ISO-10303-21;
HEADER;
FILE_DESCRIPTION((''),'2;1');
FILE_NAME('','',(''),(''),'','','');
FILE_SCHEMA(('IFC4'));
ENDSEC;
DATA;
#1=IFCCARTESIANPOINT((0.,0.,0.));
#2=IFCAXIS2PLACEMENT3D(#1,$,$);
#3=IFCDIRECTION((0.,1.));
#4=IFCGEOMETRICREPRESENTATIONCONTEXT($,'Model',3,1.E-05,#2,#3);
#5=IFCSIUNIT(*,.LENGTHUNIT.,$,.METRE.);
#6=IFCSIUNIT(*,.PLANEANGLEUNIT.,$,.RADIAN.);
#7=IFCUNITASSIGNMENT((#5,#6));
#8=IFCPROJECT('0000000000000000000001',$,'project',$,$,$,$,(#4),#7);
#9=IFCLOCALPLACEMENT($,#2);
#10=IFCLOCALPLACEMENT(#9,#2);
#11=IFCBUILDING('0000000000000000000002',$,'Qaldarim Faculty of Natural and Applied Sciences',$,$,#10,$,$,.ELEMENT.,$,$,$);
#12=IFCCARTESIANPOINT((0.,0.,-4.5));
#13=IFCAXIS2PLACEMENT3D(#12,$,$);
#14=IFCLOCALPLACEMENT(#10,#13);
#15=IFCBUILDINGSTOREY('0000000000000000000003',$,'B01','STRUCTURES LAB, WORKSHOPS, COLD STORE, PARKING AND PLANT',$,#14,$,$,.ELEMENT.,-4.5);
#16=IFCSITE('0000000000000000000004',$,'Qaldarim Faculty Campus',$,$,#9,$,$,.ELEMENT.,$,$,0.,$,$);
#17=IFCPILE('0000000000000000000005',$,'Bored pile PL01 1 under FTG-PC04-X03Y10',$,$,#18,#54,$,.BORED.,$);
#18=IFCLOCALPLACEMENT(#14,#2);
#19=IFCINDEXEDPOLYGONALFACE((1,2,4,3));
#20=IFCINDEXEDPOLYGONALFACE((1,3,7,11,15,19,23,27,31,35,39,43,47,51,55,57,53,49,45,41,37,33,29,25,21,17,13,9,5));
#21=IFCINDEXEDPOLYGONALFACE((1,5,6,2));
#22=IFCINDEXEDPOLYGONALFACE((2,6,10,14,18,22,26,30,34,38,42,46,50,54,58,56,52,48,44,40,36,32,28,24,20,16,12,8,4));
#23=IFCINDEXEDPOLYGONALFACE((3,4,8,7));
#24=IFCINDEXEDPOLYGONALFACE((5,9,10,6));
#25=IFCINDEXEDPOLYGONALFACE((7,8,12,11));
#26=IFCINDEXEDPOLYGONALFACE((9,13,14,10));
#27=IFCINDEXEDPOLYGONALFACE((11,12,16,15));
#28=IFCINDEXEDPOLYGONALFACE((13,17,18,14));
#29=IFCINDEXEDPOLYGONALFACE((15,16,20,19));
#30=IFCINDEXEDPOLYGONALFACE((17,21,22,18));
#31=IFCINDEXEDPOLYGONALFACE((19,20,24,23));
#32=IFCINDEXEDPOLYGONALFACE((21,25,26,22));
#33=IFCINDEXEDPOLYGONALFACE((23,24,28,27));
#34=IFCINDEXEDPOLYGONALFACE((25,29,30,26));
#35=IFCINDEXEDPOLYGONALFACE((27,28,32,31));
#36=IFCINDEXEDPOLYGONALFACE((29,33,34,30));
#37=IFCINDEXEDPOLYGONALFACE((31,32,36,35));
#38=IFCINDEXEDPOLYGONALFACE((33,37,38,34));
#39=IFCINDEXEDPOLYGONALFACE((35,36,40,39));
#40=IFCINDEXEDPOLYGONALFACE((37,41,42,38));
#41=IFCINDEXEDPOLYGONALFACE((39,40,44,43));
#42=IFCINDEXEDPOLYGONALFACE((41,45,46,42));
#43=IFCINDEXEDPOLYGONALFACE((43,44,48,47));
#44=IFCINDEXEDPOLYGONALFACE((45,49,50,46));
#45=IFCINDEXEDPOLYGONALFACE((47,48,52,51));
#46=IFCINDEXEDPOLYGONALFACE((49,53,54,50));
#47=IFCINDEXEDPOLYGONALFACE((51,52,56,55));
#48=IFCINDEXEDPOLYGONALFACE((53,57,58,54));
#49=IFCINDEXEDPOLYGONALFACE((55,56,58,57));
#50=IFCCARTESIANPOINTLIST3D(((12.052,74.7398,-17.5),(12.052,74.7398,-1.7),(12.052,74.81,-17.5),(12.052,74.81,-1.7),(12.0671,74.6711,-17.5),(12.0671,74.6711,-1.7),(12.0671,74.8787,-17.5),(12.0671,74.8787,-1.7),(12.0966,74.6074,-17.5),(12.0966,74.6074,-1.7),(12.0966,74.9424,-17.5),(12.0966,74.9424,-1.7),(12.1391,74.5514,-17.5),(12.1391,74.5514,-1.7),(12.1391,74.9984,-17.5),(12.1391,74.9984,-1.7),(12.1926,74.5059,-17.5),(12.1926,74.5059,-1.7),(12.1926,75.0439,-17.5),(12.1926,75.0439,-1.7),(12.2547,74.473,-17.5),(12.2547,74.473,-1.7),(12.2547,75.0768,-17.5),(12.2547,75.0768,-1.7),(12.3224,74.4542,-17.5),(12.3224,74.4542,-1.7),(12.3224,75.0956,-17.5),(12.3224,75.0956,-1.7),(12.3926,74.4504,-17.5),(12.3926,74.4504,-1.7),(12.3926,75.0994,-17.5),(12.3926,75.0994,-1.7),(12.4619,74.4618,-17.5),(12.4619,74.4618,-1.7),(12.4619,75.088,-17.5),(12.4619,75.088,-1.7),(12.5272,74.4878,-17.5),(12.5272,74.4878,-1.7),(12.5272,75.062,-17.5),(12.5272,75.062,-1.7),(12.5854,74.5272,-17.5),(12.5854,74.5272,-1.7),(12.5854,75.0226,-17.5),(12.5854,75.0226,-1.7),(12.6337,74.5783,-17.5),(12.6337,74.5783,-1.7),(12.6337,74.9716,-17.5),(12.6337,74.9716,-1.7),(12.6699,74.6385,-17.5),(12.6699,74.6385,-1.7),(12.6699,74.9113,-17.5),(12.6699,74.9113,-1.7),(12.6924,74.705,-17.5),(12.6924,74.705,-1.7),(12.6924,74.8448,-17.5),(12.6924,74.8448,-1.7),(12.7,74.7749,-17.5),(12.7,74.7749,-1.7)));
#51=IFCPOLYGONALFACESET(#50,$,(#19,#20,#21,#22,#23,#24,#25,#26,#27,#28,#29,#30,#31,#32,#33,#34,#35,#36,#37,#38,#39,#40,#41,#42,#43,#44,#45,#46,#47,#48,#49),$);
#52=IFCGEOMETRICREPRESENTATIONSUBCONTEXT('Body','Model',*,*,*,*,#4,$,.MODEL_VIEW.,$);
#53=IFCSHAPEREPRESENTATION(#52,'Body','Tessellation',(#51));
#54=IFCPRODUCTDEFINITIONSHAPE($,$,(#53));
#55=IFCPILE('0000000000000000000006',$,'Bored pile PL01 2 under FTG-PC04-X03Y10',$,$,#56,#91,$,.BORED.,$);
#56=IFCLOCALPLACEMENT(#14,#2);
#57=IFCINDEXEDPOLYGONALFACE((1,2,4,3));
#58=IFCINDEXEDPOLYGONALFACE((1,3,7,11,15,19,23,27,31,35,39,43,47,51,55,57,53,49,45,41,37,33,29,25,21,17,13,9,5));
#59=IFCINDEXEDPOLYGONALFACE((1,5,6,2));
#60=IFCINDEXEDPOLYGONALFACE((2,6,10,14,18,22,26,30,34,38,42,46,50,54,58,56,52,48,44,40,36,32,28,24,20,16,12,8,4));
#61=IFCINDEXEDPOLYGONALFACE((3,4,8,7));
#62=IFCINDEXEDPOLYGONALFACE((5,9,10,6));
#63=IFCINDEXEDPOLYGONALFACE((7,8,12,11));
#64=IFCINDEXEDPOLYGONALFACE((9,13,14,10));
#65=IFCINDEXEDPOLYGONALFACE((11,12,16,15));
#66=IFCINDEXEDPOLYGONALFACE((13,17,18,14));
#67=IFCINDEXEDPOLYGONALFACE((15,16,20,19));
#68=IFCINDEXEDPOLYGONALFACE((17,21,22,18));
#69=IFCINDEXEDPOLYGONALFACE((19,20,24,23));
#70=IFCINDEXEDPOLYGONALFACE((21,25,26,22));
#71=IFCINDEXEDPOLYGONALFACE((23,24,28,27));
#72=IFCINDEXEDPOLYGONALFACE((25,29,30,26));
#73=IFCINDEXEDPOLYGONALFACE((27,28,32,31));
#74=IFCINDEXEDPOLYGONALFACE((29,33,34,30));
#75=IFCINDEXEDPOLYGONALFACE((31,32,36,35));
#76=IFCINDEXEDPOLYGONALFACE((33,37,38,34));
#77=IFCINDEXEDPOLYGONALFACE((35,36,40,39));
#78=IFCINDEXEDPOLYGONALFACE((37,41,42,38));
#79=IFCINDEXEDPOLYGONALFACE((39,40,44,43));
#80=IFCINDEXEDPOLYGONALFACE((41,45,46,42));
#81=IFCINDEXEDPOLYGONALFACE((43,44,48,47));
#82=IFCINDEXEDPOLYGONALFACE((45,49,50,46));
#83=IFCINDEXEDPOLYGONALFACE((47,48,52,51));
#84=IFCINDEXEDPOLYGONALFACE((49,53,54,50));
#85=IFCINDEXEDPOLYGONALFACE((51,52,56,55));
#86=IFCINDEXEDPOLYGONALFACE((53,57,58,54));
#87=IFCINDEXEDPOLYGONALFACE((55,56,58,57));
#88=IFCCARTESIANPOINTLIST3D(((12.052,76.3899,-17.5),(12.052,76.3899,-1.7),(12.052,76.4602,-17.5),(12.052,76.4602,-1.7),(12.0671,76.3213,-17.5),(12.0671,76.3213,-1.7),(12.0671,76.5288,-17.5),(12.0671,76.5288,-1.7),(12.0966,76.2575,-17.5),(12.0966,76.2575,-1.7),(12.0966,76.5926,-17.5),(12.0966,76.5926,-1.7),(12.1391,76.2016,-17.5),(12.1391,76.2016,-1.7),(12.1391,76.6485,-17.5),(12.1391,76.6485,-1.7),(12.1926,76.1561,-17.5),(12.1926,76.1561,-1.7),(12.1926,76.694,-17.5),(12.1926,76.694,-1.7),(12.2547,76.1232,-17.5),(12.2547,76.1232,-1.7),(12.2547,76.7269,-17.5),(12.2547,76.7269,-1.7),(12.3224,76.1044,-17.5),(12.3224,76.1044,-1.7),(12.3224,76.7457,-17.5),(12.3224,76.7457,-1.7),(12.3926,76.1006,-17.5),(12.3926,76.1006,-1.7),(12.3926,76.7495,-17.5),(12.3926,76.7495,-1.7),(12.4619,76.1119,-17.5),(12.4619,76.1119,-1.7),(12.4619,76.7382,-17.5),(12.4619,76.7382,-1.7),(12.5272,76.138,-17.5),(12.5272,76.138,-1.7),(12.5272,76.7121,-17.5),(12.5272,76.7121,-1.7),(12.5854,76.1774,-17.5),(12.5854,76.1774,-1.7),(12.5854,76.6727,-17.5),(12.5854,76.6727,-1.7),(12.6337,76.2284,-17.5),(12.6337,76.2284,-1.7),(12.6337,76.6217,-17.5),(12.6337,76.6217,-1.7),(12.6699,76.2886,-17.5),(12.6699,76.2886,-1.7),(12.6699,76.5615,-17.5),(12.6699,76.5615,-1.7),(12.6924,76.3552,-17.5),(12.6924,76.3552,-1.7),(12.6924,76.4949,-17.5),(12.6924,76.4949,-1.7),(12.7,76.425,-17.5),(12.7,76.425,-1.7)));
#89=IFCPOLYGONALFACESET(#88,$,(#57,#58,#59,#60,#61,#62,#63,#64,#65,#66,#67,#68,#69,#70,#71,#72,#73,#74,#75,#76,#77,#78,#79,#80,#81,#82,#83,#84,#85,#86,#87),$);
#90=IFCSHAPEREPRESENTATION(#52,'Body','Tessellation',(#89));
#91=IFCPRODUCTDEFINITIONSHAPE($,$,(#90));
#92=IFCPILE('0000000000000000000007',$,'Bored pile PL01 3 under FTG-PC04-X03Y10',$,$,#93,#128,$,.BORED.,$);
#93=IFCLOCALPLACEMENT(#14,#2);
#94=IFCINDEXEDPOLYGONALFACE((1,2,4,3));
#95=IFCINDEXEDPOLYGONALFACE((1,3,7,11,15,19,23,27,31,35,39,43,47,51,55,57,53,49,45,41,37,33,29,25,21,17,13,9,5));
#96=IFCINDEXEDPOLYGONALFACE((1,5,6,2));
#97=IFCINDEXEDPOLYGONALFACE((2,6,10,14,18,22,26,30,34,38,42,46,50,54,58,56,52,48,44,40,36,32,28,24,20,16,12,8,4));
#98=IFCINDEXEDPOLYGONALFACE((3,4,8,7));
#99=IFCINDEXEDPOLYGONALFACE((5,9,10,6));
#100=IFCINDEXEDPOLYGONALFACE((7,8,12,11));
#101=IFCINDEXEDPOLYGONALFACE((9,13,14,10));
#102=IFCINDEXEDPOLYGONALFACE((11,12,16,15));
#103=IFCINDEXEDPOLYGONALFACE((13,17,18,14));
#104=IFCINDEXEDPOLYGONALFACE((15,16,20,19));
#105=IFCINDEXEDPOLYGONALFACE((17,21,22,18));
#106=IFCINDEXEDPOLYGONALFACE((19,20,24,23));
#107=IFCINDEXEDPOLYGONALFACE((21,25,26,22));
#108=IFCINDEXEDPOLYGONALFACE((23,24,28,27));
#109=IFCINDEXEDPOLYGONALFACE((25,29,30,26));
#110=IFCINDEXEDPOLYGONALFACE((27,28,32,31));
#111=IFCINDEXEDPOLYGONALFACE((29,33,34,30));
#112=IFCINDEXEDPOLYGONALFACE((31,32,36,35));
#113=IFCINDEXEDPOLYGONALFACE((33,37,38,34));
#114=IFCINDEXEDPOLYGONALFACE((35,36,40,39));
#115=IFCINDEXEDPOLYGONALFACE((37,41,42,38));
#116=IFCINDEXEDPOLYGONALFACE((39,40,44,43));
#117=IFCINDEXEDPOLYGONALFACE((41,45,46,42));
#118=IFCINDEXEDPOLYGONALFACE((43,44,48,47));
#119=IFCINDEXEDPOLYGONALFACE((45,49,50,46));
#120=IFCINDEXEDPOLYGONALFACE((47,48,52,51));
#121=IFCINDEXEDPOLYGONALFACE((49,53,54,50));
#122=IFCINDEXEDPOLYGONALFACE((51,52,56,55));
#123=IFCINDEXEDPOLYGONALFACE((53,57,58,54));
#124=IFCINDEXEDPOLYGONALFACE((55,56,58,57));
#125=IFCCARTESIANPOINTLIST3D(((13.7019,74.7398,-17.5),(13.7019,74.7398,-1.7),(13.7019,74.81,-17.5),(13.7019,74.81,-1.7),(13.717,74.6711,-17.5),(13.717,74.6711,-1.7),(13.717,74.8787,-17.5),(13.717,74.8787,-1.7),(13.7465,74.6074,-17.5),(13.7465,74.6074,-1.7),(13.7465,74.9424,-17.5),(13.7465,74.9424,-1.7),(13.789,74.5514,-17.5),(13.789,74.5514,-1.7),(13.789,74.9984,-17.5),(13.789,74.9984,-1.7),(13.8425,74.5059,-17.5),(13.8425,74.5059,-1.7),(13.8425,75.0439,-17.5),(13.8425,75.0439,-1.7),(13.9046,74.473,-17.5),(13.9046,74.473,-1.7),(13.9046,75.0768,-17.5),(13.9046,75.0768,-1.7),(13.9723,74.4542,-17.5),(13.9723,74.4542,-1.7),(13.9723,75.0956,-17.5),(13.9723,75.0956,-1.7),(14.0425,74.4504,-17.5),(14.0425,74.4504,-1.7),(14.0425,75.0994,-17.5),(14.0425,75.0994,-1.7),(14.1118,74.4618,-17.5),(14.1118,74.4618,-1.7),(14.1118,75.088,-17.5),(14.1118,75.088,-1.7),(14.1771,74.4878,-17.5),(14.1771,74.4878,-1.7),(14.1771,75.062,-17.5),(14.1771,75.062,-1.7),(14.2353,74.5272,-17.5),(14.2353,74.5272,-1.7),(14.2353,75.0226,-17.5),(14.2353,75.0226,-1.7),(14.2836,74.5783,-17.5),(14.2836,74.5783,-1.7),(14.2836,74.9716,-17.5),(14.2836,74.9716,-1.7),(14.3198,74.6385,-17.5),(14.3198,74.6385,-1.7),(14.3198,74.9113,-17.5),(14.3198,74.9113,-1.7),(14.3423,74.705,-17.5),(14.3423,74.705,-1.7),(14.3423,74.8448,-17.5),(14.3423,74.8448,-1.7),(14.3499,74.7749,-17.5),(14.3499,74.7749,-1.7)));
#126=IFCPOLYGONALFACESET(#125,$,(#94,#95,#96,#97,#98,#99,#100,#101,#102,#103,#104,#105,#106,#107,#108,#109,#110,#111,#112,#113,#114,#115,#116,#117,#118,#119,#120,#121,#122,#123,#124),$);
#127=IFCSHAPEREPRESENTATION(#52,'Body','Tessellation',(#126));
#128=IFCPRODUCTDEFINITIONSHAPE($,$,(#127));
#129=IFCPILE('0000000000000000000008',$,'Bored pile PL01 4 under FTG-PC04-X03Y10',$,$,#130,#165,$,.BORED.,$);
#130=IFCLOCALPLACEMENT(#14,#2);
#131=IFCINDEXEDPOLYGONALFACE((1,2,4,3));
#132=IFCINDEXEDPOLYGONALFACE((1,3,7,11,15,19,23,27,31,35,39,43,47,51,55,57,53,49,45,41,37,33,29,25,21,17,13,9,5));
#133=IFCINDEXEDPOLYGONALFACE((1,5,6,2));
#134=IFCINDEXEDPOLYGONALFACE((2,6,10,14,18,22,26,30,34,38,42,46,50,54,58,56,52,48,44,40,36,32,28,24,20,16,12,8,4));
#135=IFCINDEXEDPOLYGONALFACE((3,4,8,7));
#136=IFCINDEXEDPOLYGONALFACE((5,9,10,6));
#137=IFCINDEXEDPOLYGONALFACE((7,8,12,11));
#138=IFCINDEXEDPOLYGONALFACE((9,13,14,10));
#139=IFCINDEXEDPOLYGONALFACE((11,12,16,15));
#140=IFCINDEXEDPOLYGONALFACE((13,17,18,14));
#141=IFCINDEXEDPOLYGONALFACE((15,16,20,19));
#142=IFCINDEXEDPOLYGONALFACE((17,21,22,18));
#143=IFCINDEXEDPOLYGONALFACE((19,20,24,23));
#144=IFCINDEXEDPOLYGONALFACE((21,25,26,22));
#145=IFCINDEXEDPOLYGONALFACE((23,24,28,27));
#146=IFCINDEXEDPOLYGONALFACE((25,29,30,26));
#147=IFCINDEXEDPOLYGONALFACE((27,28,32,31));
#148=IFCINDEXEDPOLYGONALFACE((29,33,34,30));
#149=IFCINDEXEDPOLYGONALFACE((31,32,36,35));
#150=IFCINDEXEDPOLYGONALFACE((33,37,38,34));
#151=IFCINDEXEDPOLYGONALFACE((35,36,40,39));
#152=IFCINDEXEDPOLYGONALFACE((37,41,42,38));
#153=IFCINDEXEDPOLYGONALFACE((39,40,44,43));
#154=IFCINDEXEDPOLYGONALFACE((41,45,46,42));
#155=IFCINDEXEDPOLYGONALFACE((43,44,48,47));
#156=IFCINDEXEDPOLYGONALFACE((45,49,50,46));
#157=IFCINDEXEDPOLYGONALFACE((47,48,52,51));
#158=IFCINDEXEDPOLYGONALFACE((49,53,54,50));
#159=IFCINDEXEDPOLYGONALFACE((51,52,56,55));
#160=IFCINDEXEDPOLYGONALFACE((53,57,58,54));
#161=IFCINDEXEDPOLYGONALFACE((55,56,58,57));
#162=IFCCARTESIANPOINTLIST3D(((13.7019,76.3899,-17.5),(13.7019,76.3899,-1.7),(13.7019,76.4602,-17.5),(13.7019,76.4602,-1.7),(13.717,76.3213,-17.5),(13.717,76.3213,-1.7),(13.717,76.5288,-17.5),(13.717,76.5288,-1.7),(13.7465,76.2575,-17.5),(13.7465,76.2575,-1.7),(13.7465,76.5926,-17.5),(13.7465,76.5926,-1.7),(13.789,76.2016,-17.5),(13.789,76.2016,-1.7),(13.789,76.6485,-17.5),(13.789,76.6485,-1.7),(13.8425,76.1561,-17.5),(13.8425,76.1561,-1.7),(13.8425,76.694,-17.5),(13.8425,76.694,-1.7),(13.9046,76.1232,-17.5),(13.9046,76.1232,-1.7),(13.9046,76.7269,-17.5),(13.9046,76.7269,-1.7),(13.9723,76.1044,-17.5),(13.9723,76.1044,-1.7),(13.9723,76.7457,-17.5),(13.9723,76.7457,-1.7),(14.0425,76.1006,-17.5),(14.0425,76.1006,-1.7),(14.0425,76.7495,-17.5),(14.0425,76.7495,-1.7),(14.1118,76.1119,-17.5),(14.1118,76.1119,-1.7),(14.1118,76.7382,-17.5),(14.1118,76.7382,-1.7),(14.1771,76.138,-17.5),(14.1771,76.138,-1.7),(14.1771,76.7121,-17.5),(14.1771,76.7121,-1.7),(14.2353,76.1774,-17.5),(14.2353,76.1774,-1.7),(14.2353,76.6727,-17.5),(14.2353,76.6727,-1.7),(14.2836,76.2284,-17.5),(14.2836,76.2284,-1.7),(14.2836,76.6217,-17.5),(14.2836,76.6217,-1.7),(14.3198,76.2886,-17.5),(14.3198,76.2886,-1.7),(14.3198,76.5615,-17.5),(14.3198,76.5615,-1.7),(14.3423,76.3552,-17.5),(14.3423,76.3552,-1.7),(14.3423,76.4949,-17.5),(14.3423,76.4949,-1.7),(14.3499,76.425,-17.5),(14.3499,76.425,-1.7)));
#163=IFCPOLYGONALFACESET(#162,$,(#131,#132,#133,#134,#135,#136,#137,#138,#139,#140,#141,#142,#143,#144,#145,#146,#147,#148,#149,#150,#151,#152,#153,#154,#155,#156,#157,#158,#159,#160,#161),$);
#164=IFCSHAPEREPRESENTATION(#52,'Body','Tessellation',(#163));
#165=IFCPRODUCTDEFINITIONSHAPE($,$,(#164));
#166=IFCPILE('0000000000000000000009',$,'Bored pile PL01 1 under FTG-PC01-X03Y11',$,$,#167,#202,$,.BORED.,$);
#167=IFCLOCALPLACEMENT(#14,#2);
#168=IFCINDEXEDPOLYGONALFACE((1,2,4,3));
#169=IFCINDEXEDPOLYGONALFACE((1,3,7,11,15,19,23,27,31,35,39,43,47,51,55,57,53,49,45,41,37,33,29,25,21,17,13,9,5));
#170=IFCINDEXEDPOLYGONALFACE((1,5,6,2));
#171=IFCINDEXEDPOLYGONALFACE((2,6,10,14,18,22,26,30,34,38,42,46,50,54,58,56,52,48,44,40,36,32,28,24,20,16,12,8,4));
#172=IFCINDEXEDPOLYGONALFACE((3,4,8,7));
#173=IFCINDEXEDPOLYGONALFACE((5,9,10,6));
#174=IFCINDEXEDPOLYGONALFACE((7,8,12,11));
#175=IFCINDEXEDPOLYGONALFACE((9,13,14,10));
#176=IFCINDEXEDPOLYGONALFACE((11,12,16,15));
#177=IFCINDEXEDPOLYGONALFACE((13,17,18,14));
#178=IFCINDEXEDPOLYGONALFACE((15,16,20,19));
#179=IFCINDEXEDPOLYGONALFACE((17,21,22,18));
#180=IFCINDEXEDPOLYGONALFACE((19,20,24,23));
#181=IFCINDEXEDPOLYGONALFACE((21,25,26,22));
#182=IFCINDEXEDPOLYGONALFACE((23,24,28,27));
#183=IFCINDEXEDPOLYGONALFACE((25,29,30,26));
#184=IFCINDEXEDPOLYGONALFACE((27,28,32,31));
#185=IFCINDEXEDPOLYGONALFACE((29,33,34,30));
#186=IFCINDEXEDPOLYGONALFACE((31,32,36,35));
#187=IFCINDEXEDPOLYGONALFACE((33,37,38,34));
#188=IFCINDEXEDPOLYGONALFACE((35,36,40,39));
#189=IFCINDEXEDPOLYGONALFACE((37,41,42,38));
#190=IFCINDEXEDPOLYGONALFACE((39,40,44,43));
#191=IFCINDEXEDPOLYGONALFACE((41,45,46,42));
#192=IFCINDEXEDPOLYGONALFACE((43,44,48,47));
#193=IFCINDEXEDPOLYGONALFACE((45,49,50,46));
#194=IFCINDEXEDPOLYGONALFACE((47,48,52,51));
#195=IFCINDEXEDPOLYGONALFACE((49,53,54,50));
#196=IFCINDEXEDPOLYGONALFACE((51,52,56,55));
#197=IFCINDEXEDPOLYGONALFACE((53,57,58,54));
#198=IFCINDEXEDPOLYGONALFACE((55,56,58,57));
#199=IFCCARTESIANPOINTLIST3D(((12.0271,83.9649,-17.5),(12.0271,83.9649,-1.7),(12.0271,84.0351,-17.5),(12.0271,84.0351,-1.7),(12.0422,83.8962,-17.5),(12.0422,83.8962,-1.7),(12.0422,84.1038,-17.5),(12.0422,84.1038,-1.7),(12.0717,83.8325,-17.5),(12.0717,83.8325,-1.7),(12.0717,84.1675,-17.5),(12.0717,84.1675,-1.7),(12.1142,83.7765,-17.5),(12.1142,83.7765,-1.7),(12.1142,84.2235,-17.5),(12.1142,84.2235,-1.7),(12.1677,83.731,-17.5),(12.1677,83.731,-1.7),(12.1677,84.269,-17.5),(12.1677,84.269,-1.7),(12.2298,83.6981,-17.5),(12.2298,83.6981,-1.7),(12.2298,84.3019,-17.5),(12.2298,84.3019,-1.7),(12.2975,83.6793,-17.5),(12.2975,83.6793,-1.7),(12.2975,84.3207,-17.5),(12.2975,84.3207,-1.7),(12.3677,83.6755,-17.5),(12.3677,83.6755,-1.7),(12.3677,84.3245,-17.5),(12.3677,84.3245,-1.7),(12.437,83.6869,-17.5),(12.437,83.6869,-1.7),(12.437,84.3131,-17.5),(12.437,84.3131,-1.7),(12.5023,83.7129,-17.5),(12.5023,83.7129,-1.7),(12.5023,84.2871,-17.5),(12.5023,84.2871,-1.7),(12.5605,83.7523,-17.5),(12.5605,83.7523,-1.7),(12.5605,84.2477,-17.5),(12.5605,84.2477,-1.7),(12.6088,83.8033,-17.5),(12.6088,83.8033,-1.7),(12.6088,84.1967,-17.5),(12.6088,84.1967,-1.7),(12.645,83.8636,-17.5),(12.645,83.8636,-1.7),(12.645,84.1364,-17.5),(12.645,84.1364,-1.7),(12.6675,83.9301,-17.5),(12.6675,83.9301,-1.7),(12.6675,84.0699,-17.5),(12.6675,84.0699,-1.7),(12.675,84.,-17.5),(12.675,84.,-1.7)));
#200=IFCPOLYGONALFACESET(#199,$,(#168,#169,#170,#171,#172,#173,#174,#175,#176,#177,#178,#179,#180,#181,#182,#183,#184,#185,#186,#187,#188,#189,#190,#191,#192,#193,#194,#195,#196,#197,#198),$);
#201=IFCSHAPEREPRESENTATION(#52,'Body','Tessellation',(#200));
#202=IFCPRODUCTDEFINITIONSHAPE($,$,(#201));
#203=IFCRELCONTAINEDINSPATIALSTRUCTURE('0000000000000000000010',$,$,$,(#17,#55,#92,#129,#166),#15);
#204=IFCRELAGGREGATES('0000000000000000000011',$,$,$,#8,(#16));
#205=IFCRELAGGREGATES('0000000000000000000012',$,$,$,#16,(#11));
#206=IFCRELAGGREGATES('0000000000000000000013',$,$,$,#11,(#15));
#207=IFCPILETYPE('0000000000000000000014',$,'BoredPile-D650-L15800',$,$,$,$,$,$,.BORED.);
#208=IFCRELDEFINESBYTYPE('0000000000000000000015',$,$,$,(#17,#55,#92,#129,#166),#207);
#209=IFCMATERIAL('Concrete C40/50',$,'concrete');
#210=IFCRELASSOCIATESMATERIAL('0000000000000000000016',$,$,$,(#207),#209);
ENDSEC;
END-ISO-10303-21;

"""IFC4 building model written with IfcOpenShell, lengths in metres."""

from ifc_helpers import new_model, si_unit, direction, frame, origin, origin_2d, place, context, subcontext, project, spatial, circle, extrude, material, material_profile, profile_set, type_object, element, save


model = new_model("IFC4")

# Units and contexts
model_context = context("Model", 3, precision=1e-05, world=origin(), true_north=direction((0.0, 1.0)))
body_context = subcontext(model_context, "Body", "Model", "MODEL_VIEW")
ifc_project = project(units=[si_unit("LENGTHUNIT", "METRE"), si_unit("PLANEANGLEUNIT", "RADIAN")], contexts=[model_context])

# Site, building, storey
site_placement = place(None, origin())
site = spatial("IfcSite", under=ifc_project, at=site_placement, Name="Qaldarim Faculty Campus", CompositionType="ELEMENT", RefElevation=0.0)
building_placement = place(site_placement, origin())
building = spatial("IfcBuilding", under=site, at=building_placement, Name="Qaldarim Faculty of Natural and Applied Sciences", CompositionType="ELEMENT")
storey_placement = place(building_placement, frame((0.0, 0.0, -4.5)))
storey = spatial("IfcBuildingStorey", under=building, at=storey_placement, Name="B01", Description="STRUCTURES LAB, WORKSHOPS, COLD STORE, PARKING AND PLANT", CompositionType="ELEMENT", Elevation=-4.5)

# Piles
ifc_material_1 = material(Name="Concrete C40/50", Category="concrete")
ifc_material_profile_1 = material_profile(ifc_material_1, circle(Radius=0.325, at=origin_2d()), Name="PILE-D650")
ifc_profile_set_1 = profile_set([ifc_material_profile_1], Name="Concrete C40/50")
pile_type_1 = type_object("IfcPileType", Name="BoredPile-D650-L15800", PredefinedType="BORED", material=ifc_profile_set_1)
for number, where, z_axis, x_axis, name in (
    (1, (12.375, 74.7749, -1.7), (0.0, 0.0, -1.0), (1.0, 0.0, 0.0), "Bored pile PL01 1 under FTG-PC04-X03Y10"),
    (2, (12.375, 76.425, -1.7), (0.0, 0.0, -1.0), (1.0, 0.0, 0.0), "Bored pile PL01 2 under FTG-PC04-X03Y10"),
    (3, (14.0249, 74.7749, -1.7), (0.0, 0.0, -1.0), (1.0, 0.0, 0.0), "Bored pile PL01 3 under FTG-PC04-X03Y10"),
    (4, (14.0249, 76.425, -1.7), (0.0, 0.0, -1.0), (1.0, 0.0, 0.0), "Bored pile PL01 4 under FTG-PC04-X03Y10"),
    (5, (12.3501, 84.0, -1.7), (0.0, 0.0, -1.0), (1.0, 0.0, 0.0), "Bored pile PL01 1 under FTG-PC01-X03Y11"),
):
    element("IfcPile", number, at=place(storey_placement, frame(where, z_axis=z_axis, x_axis=x_axis)), inside=storey, type_object=pile_type_1, Name=name, PredefinedType="BORED", context=body_context, shape_type="SweptSolid", body=[
        extrude(circle(Radius=0.325, at=origin_2d()), origin(), (0.0, 0.0, 1.0), 15.8),
    ])

save(model, "model.ifc")
